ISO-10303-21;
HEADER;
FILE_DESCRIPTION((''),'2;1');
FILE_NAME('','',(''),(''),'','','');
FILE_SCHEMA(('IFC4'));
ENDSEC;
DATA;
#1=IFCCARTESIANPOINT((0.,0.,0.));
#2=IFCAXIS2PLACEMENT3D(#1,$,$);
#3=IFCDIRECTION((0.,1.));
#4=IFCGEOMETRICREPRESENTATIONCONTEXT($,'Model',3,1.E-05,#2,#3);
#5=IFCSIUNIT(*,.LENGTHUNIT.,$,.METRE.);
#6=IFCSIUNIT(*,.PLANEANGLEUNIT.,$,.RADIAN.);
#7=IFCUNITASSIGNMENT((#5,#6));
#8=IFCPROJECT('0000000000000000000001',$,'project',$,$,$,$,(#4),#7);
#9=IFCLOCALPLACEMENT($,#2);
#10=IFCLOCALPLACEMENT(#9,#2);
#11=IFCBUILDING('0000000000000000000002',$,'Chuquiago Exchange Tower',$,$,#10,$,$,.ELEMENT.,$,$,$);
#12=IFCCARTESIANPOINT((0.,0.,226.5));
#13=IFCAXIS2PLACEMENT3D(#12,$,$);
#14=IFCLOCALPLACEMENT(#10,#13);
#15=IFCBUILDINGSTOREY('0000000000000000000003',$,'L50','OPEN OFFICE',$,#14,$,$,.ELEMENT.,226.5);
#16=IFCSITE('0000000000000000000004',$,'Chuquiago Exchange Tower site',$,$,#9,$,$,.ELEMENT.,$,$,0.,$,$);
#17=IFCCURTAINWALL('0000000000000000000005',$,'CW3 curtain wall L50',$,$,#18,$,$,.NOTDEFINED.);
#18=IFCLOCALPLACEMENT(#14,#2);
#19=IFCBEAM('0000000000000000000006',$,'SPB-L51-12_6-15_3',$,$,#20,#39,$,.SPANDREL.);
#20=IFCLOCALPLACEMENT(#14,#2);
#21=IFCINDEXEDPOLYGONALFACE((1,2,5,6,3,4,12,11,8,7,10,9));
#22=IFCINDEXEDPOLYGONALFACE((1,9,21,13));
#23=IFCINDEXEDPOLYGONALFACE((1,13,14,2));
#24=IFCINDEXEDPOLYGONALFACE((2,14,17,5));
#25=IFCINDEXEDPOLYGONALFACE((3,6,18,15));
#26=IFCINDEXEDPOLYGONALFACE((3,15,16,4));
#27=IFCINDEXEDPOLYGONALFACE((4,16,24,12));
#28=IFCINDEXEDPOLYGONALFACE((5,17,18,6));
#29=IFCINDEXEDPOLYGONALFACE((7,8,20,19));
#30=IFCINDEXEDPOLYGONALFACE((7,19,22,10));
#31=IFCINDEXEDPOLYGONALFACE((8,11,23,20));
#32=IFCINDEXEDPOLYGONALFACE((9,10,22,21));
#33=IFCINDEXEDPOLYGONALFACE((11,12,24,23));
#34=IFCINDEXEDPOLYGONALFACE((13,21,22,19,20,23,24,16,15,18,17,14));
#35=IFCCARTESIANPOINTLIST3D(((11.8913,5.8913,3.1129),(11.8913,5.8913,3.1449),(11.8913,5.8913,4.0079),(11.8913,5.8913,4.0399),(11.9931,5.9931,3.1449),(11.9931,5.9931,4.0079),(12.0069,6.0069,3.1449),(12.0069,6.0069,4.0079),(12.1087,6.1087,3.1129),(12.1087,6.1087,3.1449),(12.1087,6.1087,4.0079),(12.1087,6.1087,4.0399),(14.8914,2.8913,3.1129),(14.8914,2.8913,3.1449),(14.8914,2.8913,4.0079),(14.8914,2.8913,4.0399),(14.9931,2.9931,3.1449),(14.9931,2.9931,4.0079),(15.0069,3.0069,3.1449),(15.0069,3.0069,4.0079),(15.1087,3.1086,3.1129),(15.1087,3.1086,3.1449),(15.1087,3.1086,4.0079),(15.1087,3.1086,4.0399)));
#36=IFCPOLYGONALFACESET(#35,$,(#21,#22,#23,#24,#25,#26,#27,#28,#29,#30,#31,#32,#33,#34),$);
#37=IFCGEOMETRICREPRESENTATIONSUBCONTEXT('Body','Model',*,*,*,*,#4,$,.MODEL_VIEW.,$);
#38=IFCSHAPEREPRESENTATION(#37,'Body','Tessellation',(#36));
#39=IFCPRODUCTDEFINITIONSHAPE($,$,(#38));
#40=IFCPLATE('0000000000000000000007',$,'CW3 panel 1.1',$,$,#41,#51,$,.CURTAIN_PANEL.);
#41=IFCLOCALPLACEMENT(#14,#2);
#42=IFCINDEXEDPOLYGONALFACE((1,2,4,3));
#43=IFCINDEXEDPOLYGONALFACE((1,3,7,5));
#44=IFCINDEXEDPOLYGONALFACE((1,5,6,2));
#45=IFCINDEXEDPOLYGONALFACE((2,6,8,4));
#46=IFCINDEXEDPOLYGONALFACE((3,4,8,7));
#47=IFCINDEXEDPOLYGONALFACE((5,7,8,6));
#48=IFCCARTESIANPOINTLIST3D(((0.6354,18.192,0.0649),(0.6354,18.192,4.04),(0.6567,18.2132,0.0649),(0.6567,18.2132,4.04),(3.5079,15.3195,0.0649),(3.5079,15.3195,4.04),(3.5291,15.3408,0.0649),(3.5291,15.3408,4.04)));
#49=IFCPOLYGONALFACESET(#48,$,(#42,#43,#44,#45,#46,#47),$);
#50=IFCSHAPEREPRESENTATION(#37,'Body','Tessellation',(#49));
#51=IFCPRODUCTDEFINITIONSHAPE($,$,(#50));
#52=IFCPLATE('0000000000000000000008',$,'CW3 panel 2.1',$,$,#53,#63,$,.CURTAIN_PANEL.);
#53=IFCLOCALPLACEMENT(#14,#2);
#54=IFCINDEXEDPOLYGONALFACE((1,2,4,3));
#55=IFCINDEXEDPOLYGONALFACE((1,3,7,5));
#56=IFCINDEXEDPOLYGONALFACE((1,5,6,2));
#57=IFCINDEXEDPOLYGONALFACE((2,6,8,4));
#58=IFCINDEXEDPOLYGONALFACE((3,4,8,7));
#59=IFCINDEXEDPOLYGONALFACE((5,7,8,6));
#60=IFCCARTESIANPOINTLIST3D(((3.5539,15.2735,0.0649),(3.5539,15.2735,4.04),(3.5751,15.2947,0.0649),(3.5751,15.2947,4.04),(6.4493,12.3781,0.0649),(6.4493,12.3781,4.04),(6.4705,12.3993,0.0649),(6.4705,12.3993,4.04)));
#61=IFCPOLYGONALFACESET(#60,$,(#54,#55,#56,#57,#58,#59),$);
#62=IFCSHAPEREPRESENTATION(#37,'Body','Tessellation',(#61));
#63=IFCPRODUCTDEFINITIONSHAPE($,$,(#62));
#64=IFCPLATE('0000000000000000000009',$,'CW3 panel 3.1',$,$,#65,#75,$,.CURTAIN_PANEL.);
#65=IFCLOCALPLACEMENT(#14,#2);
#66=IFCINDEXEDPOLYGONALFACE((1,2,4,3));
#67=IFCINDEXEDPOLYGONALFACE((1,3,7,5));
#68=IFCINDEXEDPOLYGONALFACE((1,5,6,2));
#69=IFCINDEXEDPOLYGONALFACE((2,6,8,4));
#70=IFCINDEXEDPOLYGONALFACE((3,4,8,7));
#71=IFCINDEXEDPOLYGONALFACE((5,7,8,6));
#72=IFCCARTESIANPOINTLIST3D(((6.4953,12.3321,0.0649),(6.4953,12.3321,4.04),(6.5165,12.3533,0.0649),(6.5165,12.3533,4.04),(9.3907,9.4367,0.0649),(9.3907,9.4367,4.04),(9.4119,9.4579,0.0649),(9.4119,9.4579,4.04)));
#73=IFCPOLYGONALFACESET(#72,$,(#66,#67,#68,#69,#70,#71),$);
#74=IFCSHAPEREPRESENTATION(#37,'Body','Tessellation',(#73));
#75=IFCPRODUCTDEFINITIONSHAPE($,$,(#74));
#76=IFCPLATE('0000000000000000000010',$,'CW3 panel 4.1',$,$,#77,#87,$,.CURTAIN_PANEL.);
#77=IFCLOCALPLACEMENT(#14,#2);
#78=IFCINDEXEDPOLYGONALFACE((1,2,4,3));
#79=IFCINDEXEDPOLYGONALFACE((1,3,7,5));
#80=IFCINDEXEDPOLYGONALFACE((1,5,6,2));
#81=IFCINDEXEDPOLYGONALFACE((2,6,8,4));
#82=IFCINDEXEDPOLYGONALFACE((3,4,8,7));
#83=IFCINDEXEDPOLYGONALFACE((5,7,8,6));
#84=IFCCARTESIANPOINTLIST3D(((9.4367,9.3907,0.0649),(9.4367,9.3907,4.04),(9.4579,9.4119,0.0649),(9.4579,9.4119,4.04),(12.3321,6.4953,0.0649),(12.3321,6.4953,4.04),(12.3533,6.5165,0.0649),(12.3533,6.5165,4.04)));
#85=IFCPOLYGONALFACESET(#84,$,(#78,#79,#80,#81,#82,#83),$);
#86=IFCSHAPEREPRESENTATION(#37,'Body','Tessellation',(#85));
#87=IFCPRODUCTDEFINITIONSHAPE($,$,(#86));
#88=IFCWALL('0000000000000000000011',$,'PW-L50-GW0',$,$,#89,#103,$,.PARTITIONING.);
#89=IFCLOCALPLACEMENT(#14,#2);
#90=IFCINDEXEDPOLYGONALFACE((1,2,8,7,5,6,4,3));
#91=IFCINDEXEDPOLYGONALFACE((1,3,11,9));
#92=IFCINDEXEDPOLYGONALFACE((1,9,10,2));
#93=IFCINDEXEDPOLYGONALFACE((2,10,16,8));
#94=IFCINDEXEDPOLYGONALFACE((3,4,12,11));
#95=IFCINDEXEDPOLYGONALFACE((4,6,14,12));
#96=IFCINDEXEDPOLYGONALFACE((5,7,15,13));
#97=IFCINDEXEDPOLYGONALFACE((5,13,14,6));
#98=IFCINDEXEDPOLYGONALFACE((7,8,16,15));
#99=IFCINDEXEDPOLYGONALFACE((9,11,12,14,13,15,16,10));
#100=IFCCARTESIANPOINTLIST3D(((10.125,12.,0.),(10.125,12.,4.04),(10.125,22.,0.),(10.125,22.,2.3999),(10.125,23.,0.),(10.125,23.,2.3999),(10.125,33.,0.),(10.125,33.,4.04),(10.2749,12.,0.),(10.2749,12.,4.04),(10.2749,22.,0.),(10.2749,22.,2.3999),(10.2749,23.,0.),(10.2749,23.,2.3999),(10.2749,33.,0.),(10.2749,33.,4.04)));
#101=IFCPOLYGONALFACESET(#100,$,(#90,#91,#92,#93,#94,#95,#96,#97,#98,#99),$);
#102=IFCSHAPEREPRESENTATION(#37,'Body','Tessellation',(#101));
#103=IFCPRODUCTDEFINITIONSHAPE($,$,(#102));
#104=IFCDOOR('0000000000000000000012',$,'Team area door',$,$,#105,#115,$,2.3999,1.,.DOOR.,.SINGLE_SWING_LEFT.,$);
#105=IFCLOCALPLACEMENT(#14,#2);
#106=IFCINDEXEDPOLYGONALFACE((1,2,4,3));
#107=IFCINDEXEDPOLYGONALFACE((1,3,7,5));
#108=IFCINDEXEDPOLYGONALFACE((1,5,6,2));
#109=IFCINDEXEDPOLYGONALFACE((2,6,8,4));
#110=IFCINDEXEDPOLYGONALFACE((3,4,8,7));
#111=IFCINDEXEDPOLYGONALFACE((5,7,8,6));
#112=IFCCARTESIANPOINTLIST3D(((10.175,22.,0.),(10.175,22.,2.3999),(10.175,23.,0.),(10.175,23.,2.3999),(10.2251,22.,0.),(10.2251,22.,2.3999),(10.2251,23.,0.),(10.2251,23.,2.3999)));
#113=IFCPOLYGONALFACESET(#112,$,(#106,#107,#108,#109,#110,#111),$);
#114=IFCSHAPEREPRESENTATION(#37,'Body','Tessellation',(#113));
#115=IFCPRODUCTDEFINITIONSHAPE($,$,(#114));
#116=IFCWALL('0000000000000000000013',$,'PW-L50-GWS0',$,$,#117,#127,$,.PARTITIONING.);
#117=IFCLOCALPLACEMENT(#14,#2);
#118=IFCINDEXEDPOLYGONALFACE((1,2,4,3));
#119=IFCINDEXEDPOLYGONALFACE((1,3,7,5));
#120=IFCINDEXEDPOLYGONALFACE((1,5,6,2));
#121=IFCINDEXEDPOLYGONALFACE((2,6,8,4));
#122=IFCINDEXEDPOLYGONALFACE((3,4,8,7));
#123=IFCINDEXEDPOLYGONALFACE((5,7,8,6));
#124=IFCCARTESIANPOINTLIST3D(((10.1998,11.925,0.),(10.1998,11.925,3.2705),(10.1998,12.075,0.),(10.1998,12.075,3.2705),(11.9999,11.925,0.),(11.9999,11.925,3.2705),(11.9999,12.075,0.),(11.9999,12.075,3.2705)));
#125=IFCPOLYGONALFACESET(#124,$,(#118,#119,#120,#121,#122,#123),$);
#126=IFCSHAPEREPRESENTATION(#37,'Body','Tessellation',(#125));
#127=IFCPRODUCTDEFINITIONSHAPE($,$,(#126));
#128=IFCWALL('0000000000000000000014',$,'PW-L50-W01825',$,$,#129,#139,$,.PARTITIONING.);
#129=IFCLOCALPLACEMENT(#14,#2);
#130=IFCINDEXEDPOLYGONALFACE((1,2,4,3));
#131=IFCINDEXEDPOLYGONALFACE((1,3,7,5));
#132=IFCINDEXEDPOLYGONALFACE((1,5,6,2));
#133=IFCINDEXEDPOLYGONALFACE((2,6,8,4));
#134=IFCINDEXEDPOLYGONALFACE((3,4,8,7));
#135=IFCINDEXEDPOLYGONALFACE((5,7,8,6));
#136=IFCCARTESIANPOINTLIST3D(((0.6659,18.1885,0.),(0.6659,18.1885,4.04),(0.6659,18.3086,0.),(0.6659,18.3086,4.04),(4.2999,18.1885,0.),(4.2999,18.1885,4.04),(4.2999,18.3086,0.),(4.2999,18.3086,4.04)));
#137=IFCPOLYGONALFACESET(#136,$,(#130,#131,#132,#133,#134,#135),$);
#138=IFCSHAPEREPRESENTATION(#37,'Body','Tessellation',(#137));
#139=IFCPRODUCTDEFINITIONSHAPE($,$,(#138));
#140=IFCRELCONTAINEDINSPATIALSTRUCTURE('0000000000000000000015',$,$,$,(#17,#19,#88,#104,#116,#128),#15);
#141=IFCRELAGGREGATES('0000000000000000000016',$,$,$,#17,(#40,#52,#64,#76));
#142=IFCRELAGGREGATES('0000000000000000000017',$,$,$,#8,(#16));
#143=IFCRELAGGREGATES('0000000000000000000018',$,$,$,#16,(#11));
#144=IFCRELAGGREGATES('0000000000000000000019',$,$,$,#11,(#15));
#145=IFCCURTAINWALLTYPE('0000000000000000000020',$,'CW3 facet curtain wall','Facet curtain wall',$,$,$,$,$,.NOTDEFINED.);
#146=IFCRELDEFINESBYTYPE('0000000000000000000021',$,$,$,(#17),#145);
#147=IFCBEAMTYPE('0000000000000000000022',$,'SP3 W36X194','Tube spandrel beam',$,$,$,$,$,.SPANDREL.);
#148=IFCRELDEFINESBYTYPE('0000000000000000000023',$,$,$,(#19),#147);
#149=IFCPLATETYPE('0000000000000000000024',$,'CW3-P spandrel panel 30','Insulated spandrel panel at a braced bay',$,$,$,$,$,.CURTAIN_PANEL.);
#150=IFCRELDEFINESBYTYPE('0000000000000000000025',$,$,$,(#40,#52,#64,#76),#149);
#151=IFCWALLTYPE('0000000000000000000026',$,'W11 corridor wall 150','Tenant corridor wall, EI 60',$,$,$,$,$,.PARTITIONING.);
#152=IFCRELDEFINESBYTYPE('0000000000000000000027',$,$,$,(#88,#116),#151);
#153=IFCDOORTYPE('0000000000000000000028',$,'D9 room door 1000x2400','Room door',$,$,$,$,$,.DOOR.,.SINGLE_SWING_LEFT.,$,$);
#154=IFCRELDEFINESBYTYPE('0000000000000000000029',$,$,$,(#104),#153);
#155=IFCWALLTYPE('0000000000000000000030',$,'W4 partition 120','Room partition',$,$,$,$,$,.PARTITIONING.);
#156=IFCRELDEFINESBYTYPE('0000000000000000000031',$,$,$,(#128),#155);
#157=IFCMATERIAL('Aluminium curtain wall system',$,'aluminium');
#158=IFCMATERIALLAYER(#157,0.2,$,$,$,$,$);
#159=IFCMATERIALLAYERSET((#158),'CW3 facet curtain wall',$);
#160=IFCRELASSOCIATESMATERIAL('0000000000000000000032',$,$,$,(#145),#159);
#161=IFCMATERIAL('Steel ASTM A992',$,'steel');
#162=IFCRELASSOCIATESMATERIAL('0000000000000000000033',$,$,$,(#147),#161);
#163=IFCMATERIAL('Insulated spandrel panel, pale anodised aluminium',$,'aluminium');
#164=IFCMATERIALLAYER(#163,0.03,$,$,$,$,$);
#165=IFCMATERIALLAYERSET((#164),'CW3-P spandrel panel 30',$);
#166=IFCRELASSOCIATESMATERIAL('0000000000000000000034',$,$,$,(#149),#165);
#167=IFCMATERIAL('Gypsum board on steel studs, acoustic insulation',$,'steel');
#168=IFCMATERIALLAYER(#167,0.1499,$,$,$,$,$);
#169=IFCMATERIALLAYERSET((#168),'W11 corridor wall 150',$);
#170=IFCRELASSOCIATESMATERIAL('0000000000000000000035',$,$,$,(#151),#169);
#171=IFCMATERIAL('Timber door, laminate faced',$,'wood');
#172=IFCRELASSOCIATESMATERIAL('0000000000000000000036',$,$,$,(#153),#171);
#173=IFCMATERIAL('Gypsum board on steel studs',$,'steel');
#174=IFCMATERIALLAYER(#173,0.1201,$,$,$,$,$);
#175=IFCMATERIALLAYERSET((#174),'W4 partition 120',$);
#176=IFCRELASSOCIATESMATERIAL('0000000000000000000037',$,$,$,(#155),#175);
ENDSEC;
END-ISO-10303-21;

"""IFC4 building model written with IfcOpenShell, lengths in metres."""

from ifc_helpers import new_model, si_unit, direction, frame, frame_2d, origin, origin_2d, place, context, subcontext, project, spatial, rectangle, i_section, extrude, material, layer, layer_set, material_profile, profile_set, type_object, element, fill, aggregate, save


model = new_model("IFC4")

# Units and contexts
model_context = context("Model", 3, precision=1e-05, world=origin(), true_north=direction((0.0, 1.0)))
body_context = subcontext(model_context, "Body", "Model", "MODEL_VIEW")
ifc_project = project(units=[si_unit("LENGTHUNIT", "METRE"), si_unit("PLANEANGLEUNIT", "RADIAN")], contexts=[model_context])

# Site, building, storey
site_placement = place(None, origin())
site = spatial("IfcSite", under=ifc_project, at=site_placement, Name="Chuquiago Exchange Tower site", CompositionType="ELEMENT", RefElevation=0.0)
building_placement = place(site_placement, origin())
building = spatial("IfcBuilding", under=site, at=building_placement, Name="Chuquiago Exchange Tower", CompositionType="ELEMENT")
storey_placement = place(building_placement, frame((0.0, 0.0, 226.5)))
storey = spatial("IfcBuildingStorey", under=building, at=storey_placement, Name="L50", Description="OPEN OFFICE", CompositionType="ELEMENT", Elevation=226.5)

# Curtain wall
ifc_material_1 = material(Name="Aluminium curtain wall system", Category="aluminium")
ifc_layer_1 = layer(ifc_material_1, 0.2)
ifc_layer_set_1 = layer_set([ifc_layer_1], Name="CW3 facet curtain wall")
curtain_wall_type_1 = type_object("IfcCurtainWallType", Name="CW3 facet curtain wall", Description="Facet curtain wall", PredefinedType="NOTDEFINED", material=ifc_layer_set_1)
curtain_wall_1_placement = place(storey_placement, origin())
curtain_wall_1 = element("IfcCurtainWall", 1, at=curtain_wall_1_placement, inside=storey, type_object=curtain_wall_type_1, Name="CW3 curtain wall L50", PredefinedType="NOTDEFINED")

# Beam
ifc_material_2 = material(Name="Steel ASTM A992", Category="steel")
ifc_material_profile_1 = material_profile(ifc_material_2, i_section(OverallWidth=0.3074, OverallDepth=0.927, WebThickness=0.0195, FlangeThickness=0.032, at=origin_2d()), Name="W36X194")
ifc_profile_set_1 = profile_set([ifc_material_profile_1], Name="Steel ASTM A992")
beam_type = type_object("IfcBeamType", Name="SP3 W36X194", Description="Tube spandrel beam", PredefinedType="SPANDREL", material=ifc_profile_set_1)
for number, where, z_axis, x_axis, name in (
    (2, (12.0, 6.0, 3.5764), (0.707107, -0.707107, 0.0), (0.707107, 0.707107, 0.0), "SPB-L51-12_6-15_3"),
):
    element("IfcBeam", number, at=place(storey_placement, frame(where, z_axis=z_axis, x_axis=x_axis)), inside=storey, type_object=beam_type, Name=name, PredefinedType="SPANDREL", context=body_context, shape_type="SweptSolid", body=[
        extrude(i_section(OverallWidth=0.3074, OverallDepth=0.927, WebThickness=0.0195, FlangeThickness=0.032, at=origin_2d()), origin(), (0.0, 0.0, 1.0), 4.2427),
    ])

# Plates
ifc_material_3 = material(Name="Insulated spandrel panel, pale anodised aluminium", Category="aluminium")
ifc_layer_2 = layer(ifc_material_3, 0.03)
ifc_layer_set_2 = layer_set([ifc_layer_2], Name="CW3-P spandrel panel 30")
plate_type = type_object("IfcPlateType", Name="CW3-P spandrel panel 30", Description="Insulated spandrel panel at a braced bay", PredefinedType="CURTAIN_PANEL", material=ifc_layer_set_2)
plate_1_placement = place(storey_placement, frame((2.0823, 16.7664, 0.0649), z_axis=(0.0, 0.0, 1.0), x_axis=(0.707107, -0.707107, 0.0)))
plate_1 = element("IfcPlate", 3, at=plate_1_placement, type_object=plate_type, Name="CW3 panel 1.1", PredefinedType="CURTAIN_PANEL", context=body_context, shape_type="SweptSolid", body=[
    extrude(rectangle(XDim=4.0623, YDim=0.03, at=origin_2d()), origin(), (0.0, 0.0, 1.0), 3.9751),
])
plate_2_placement = place(storey_placement, frame((5.0122, 13.8364, 0.0649), z_axis=(0.0, 0.0, 1.0), x_axis=(0.707107, -0.707107, 0.0)))
plate_2 = element("IfcPlate", 4, at=plate_2_placement, type_object=plate_type, Name="CW3 panel 2.1", PredefinedType="CURTAIN_PANEL", context=body_context, shape_type="SweptSolid", body=[
    extrude(rectangle(XDim=4.0947, YDim=0.03, at=origin_2d()), origin(), (0.0, 0.0, 1.0), 3.9751),
])
plate_3_placement = place(storey_placement, frame((7.9536, 10.895, 0.0649), z_axis=(0.0, 0.0, 1.0), x_axis=(0.707107, -0.707107, 0.0)))
plate_3 = element("IfcPlate", 5, at=plate_3_placement, type_object=plate_type, Name="CW3 panel 3.1", PredefinedType="CURTAIN_PANEL", context=body_context, shape_type="SweptSolid", body=[
    extrude(rectangle(XDim=4.0947, YDim=0.03, at=origin_2d()), origin(), (0.0, 0.0, 1.0), 3.9751),
])
plate_4_placement = place(storey_placement, frame((10.895, 7.9536, 0.0649), z_axis=(0.0, 0.0, 1.0), x_axis=(0.707107, -0.707107, 0.0)))
plate_4 = element("IfcPlate", 6, at=plate_4_placement, type_object=plate_type, Name="CW3 panel 4.1", PredefinedType="CURTAIN_PANEL", context=body_context, shape_type="SweptSolid", body=[
    extrude(rectangle(XDim=4.0947, YDim=0.03, at=origin_2d()), origin(), (0.0, 0.0, 1.0), 3.9751),
])
aggregate(curtain_wall_1, [plate_1, plate_2, plate_3, plate_4])

# Wall, opening, door
ifc_material_4 = material(Name="Gypsum board on steel studs, acoustic insulation", Category="steel")
ifc_layer_3 = layer(ifc_material_4, 0.1499)
ifc_layer_set_3 = layer_set([ifc_layer_3], Name="W11 corridor wall 150")
wall_type_1 = type_object("IfcWallType", Name="W11 corridor wall 150", Description="Tenant corridor wall, EI 60", PredefinedType="PARTITIONING", material=ifc_layer_set_3)
wall_1_placement = place(storey_placement, frame((10.2, 12.0, 0.0), z_axis=(0.0, 0.0, 1.0), x_axis=(0.0, 1.0, 0.0)))
wall_1 = element("IfcWall", 7, at=wall_1_placement, inside=storey, type_object=wall_type_1, Name="PW-L50-GW0", PredefinedType="PARTITIONING", context=body_context, shape_type="SweptSolid", body=[
    extrude(rectangle(XDim=21.0, YDim=0.1499, at=frame_2d((10.5, 0.0))), origin(), (0.0, 0.0, 1.0), 4.04),
])
opening_1_placement = place(wall_1_placement, frame((10.0, 0.0, 0.0)))
opening_1 = element("IfcOpeningElement", 8, at=opening_1_placement, cuts=wall_1, PredefinedType="OPENING", context=body_context, shape_type="SweptSolid", body=[
    extrude(rectangle(XDim=1.0, YDim=2.3999, at=frame_2d((0.5, 1.2))), frame((0.0, 0.085, 0.0), z_axis=(0.0, -1.0, 0.0), x_axis=(1.0, 0.0, 0.0)), (0.0, 0.0, 1.0), 0.1699),
])
ifc_material_5 = material(Name="Timber door, laminate faced", Category="wood")
door_type = type_object("IfcDoorType", Name="D9 room door 1000x2400", Description="Room door", OperationType="SINGLE_SWING_LEFT", PredefinedType="DOOR", material=ifc_material_5)
door_1_placement = place(opening_1_placement, origin())
door_1 = element("IfcDoor", 9, at=door_1_placement, inside=storey, type_object=door_type, Name="Team area door", OperationType="SINGLE_SWING_LEFT", OverallHeight=2.3999, OverallWidth=1.0, PredefinedType="DOOR", context=body_context, shape_type="SweptSolid", body=[
    extrude(rectangle(XDim=1.0, YDim=2.3999, at=frame_2d((0.5, 1.2))), frame((0.0, 0.0249, 0.0), z_axis=(0.0, -1.0, 0.0), x_axis=(1.0, 0.0, 0.0)), (0.0, 0.0, 1.0), 0.05),
])
fill(opening_1, door_1)

# Walls
wall_2_placement = place(storey_placement, frame((10.2, 12.0, 0.0), z_axis=(0.0, 0.0, 1.0), x_axis=(1.0, 0.0, 0.0)))
element("IfcWall", 10, at=wall_2_placement, inside=storey, type_object=wall_type_1, Name="PW-L50-GWS0", PredefinedType="PARTITIONING", context=body_context, shape_type="SweptSolid", body=[
    extrude(rectangle(XDim=1.8, YDim=0.1499, at=frame_2d((0.8999, 0.0))), origin(), (0.0, 0.0, 1.0), 3.2705),
])
ifc_material_6 = material(Name="Gypsum board on steel studs", Category="steel")
ifc_layer_4 = layer(ifc_material_6, 0.1201)
ifc_layer_set_4 = layer_set([ifc_layer_4], Name="W4 partition 120")
wall_type_2 = type_object("IfcWallType", Name="W4 partition 120", Description="Room partition", PredefinedType="PARTITIONING", material=ifc_layer_set_4)
wall_3_placement = place(storey_placement, frame((0.666, 18.2485, 0.0), z_axis=(0.0, 0.0, 1.0), x_axis=(1.0, 0.0, 0.0)))
element("IfcWall", 11, at=wall_3_placement, inside=storey, type_object=wall_type_2, Name="PW-L50-W01825", PredefinedType="PARTITIONING", context=body_context, shape_type="SweptSolid", body=[
    extrude(rectangle(XDim=3.634, YDim=0.1201, at=frame_2d((1.8169, 0.0))), origin(), (0.0, 0.0, 1.0), 4.04),
])

save(model, "model.ifc")
